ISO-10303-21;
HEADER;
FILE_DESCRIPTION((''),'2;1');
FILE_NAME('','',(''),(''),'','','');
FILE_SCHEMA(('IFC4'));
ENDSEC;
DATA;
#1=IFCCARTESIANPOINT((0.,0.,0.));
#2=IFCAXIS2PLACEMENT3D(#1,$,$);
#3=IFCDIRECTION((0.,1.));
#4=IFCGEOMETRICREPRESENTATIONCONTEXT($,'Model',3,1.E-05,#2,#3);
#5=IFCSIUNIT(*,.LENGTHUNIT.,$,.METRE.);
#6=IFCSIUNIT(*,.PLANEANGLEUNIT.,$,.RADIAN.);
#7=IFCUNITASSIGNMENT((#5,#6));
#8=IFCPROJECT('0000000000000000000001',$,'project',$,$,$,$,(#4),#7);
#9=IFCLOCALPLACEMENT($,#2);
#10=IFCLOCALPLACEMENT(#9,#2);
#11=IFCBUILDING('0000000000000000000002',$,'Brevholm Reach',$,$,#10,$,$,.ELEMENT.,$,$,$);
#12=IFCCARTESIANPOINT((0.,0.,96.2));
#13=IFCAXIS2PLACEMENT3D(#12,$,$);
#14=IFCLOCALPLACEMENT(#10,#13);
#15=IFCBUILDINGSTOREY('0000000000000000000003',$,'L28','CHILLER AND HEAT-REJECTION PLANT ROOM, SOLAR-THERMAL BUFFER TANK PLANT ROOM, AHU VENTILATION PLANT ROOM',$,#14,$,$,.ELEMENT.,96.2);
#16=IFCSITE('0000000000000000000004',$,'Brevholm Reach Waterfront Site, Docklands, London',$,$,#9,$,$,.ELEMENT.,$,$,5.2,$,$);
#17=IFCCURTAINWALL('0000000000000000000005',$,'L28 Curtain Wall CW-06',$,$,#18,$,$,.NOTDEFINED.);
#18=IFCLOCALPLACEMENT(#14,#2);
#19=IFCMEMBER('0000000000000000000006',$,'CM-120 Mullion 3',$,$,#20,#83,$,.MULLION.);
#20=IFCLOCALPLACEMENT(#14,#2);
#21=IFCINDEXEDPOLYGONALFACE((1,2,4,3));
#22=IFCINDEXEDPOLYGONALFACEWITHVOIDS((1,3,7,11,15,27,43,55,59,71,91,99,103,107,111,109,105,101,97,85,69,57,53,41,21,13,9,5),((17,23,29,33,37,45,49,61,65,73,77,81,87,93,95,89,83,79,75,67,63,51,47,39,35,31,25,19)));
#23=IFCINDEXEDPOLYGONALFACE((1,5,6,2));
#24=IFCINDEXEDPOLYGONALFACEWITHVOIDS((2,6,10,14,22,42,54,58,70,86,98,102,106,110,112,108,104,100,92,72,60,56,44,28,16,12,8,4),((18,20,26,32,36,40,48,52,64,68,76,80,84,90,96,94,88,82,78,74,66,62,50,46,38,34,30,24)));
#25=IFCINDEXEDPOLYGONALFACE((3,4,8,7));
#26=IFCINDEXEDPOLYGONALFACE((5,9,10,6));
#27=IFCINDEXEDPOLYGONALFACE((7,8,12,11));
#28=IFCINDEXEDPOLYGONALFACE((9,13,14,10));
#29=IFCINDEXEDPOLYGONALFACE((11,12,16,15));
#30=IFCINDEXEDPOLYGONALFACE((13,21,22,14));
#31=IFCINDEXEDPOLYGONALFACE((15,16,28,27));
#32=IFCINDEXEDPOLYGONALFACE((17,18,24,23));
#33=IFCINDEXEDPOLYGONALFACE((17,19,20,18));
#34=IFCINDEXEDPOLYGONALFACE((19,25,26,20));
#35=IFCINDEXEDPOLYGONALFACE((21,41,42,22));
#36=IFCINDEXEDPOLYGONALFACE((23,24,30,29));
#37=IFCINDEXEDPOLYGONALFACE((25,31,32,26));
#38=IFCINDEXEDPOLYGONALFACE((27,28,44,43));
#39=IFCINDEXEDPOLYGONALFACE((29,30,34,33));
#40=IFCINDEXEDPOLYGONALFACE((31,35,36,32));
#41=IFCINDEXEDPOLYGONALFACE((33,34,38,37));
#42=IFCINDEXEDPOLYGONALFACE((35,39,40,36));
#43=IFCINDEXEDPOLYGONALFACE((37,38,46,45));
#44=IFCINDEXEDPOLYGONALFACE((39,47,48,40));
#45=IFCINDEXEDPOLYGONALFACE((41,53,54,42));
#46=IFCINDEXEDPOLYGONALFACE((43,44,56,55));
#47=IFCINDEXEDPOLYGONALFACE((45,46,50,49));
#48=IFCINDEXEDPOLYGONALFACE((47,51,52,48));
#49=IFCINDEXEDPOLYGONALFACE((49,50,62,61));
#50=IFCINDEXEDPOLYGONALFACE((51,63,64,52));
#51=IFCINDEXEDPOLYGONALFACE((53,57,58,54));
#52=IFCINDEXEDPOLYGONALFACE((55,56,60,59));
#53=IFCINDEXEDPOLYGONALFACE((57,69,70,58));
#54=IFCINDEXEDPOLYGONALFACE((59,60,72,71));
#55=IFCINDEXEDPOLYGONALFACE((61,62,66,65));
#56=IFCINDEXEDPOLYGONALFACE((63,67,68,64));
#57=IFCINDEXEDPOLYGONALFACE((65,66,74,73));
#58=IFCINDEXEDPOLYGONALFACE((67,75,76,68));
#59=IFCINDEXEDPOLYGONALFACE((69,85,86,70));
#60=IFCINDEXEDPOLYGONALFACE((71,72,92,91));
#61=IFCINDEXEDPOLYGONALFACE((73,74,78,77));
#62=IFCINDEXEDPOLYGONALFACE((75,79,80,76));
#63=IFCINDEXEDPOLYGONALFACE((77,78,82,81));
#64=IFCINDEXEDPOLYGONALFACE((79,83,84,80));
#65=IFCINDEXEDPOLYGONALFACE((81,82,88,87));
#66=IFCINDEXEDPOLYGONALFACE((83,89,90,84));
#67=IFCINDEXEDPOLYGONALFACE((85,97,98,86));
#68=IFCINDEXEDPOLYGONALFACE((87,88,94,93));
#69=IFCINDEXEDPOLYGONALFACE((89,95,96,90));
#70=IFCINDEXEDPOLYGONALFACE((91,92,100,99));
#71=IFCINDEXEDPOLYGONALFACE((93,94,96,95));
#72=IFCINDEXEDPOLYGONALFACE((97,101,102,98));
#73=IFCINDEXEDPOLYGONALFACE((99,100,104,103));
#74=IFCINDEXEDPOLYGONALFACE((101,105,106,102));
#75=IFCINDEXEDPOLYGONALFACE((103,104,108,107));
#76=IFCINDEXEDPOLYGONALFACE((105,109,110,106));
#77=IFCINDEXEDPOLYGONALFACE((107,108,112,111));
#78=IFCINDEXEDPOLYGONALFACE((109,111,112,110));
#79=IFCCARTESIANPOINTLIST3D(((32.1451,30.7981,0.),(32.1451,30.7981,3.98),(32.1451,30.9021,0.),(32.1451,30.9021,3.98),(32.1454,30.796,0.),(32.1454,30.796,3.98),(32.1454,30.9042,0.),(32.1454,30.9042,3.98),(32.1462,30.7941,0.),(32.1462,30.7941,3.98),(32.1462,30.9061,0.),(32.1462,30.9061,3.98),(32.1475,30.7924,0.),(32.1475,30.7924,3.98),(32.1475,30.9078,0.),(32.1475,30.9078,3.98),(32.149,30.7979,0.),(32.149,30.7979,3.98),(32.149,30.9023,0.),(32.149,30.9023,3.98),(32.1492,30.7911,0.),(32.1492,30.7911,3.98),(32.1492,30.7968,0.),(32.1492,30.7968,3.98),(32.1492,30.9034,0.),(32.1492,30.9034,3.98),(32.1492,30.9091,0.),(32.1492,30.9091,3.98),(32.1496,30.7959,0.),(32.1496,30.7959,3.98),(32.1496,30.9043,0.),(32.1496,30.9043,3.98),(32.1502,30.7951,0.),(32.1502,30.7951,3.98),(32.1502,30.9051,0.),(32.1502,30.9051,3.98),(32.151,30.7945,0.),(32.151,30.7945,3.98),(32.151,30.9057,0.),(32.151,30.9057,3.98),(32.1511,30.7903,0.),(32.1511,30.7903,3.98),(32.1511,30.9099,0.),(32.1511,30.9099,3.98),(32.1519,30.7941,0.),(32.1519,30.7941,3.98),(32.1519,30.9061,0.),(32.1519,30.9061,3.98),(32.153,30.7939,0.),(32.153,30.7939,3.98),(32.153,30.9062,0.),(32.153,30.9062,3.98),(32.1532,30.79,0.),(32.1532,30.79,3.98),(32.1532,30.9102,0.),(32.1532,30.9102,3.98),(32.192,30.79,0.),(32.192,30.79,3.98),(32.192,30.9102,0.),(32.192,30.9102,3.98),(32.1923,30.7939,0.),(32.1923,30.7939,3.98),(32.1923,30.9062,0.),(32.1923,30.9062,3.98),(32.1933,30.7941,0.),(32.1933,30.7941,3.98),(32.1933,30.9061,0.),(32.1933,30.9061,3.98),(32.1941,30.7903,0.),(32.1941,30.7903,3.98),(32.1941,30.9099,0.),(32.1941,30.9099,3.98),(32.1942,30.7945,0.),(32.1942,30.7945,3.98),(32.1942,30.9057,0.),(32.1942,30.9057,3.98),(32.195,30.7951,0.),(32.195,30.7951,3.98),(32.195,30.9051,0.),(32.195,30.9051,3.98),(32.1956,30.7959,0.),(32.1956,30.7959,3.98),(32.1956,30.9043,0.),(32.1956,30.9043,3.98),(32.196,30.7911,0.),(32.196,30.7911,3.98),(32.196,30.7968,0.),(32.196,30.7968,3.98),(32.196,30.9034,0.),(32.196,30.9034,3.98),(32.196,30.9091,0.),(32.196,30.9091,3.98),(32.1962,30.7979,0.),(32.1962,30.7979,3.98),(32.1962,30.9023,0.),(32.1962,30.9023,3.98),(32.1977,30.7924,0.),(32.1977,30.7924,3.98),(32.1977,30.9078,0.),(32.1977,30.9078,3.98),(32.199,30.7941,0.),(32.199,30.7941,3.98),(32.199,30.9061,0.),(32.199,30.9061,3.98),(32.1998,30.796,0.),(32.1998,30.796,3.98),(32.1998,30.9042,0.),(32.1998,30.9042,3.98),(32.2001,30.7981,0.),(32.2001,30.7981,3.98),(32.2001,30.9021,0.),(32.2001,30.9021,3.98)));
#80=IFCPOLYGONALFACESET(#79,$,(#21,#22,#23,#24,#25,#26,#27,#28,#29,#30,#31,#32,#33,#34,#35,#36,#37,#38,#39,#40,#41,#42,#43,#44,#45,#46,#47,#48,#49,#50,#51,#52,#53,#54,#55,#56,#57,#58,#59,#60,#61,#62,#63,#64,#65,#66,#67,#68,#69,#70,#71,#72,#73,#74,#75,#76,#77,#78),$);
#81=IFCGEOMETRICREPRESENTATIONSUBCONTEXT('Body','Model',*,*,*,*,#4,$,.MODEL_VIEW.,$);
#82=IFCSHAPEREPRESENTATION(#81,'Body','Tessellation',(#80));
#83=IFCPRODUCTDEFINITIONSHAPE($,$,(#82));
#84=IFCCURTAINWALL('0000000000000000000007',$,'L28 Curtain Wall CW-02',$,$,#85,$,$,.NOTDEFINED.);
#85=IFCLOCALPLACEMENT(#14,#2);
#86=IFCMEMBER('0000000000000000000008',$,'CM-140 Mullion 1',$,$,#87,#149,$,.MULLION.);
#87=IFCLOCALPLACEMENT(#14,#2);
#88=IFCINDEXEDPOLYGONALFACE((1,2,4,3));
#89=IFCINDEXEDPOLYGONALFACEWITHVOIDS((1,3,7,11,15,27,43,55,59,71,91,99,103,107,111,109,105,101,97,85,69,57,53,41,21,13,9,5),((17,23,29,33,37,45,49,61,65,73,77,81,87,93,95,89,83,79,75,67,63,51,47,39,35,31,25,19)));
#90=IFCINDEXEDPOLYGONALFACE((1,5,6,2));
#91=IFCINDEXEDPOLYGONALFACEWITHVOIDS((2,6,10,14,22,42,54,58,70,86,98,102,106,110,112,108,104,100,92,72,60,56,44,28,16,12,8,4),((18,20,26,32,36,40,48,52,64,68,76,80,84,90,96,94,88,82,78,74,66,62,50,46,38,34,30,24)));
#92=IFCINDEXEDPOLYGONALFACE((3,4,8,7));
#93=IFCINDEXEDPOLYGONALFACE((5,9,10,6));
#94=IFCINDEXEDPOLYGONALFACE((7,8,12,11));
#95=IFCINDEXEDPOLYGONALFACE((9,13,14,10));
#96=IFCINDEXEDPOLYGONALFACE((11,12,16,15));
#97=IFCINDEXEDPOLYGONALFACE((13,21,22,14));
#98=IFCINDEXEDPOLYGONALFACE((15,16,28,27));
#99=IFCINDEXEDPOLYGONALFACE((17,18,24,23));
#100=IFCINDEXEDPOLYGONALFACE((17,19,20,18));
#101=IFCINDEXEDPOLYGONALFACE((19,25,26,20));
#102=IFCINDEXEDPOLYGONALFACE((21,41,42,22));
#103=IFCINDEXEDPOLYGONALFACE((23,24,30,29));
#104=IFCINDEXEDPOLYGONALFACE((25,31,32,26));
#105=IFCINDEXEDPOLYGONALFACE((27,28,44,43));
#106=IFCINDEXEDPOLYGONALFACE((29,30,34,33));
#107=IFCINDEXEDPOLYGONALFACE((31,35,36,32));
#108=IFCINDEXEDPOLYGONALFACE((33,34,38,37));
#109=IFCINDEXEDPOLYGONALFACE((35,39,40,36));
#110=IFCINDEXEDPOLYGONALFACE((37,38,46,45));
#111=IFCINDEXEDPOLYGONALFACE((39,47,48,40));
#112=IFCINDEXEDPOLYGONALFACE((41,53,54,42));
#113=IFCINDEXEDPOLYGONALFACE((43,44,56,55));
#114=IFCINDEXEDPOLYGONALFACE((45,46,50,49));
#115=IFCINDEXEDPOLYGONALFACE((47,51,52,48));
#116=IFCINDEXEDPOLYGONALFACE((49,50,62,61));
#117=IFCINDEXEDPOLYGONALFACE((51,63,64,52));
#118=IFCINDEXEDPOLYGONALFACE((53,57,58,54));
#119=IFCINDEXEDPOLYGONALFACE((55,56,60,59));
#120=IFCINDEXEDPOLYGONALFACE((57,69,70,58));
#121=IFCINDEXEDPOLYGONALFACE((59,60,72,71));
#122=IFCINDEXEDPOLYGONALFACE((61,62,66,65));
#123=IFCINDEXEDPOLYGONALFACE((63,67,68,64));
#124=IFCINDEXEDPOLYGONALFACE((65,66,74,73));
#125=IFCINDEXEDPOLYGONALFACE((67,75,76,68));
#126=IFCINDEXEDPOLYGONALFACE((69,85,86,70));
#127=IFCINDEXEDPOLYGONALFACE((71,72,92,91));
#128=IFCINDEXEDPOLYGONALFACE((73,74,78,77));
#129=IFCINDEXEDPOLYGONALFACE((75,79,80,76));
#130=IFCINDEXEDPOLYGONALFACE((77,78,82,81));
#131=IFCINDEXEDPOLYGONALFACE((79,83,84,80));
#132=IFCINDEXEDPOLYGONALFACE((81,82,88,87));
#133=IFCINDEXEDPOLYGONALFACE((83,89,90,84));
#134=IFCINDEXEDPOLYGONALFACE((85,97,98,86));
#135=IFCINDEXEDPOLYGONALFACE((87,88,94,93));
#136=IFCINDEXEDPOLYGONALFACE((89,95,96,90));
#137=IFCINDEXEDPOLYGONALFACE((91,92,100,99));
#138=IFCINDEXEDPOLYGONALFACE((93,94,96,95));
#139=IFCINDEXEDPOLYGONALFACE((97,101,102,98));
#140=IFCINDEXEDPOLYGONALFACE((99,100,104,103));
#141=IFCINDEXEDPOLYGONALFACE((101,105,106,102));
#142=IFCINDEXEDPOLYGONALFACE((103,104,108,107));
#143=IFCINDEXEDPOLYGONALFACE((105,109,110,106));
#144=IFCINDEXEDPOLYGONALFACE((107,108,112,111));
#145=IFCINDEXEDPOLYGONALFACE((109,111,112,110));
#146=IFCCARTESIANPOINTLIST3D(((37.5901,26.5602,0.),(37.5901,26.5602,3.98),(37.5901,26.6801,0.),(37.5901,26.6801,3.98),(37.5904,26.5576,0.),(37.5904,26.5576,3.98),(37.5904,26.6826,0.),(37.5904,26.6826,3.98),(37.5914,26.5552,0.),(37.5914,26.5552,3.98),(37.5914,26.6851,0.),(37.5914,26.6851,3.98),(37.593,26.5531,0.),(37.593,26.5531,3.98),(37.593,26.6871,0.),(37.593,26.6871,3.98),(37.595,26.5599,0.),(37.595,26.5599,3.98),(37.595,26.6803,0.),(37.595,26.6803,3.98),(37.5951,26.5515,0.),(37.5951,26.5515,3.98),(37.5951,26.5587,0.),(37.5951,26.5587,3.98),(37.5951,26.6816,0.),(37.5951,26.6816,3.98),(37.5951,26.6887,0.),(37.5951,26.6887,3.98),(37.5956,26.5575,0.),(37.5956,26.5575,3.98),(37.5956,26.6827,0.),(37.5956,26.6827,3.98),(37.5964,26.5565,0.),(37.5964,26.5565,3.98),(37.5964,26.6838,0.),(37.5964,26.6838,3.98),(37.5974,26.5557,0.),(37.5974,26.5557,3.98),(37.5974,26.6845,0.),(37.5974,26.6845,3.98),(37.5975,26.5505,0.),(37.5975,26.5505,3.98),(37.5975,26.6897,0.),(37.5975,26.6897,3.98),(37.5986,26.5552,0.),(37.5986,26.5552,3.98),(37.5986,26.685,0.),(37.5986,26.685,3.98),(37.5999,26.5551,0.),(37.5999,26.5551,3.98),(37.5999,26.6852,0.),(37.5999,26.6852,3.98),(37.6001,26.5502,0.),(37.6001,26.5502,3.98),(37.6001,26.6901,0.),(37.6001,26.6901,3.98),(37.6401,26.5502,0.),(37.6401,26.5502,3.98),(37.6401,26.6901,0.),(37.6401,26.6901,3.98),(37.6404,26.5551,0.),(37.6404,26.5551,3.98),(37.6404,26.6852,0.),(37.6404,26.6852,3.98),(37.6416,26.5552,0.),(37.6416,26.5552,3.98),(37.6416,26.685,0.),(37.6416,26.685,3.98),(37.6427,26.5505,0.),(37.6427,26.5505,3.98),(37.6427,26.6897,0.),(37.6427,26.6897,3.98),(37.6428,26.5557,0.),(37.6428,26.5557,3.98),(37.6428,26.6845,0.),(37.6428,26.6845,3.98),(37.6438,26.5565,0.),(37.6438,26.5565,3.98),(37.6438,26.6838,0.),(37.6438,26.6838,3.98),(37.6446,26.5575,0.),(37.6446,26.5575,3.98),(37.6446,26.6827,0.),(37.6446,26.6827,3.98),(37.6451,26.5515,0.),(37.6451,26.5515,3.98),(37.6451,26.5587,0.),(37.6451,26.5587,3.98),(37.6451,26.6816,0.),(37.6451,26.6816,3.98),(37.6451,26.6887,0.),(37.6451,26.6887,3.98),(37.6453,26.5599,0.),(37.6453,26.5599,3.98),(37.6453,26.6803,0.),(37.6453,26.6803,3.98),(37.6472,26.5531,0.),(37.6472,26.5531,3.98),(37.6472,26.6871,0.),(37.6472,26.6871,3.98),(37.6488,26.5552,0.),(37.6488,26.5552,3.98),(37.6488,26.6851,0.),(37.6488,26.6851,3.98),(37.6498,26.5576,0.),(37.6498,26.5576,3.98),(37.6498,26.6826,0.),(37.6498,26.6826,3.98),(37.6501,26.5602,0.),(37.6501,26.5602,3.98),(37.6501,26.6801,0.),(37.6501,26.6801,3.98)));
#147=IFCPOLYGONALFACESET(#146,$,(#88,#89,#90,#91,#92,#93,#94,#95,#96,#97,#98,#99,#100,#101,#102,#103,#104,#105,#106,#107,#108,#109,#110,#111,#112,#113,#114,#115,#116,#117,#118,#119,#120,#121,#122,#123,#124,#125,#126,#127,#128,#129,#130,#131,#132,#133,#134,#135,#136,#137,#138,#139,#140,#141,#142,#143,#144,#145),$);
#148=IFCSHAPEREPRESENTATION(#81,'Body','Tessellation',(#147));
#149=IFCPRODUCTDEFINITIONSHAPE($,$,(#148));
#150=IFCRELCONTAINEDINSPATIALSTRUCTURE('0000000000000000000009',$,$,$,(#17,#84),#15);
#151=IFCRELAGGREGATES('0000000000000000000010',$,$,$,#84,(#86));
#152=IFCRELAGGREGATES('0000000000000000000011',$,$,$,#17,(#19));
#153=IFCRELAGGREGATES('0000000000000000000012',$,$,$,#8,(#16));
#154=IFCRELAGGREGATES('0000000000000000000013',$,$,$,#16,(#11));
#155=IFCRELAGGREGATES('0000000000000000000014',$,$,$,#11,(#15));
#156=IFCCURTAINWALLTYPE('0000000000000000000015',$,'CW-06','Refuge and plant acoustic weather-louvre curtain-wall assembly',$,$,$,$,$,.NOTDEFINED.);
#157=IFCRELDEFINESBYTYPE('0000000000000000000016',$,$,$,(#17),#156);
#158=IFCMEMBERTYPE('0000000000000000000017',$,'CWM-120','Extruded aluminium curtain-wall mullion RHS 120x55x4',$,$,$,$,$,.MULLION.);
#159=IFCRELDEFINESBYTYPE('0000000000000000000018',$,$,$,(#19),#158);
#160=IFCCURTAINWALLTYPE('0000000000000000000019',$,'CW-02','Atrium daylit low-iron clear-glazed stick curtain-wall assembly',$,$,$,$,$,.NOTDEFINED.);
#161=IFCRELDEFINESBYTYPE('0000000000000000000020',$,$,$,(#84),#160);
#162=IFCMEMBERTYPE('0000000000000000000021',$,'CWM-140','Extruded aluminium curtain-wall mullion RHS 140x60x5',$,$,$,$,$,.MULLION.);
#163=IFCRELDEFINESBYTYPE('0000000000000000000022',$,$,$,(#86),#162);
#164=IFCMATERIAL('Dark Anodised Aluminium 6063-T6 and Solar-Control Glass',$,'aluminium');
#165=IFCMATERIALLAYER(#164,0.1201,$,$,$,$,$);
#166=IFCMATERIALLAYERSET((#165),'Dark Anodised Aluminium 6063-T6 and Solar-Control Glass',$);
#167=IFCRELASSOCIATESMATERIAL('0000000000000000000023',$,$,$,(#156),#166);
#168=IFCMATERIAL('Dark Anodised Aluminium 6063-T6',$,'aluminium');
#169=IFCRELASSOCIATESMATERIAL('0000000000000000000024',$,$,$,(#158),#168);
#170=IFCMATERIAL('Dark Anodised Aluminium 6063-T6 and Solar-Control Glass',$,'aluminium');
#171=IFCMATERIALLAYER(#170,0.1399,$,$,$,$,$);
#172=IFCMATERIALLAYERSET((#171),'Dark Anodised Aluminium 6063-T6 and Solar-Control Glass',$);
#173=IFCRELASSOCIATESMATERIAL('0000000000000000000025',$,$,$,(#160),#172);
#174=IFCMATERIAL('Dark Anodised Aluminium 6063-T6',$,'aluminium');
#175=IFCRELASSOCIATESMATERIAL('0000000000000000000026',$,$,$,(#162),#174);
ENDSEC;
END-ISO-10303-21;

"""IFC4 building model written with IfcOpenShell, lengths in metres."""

from ifc_helpers import new_model, si_unit, direction, frame, origin, origin_2d, place, context, subcontext, project, spatial, hollow_rectangle, extrude, material, layer, layer_set, material_profile, profile_set, type_object, element, aggregate, save


model = new_model("IFC4")

# Units and contexts
model_context = context("Model", 3, precision=1e-05, world=origin(), true_north=direction((0.0, 1.0)))
body_context = subcontext(model_context, "Body", "Model", "MODEL_VIEW")
ifc_project = project(units=[si_unit("LENGTHUNIT", "METRE"), si_unit("PLANEANGLEUNIT", "RADIAN")], contexts=[model_context])

# Site, building, storey
site_placement = place(None, origin())
site = spatial("IfcSite", under=ifc_project, at=site_placement, Name="Brevholm Reach Waterfront Site, Docklands, London", CompositionType="ELEMENT", RefElevation=5.2)
building_placement = place(site_placement, origin())
building = spatial("IfcBuilding", under=site, at=building_placement, Name="Brevholm Reach", CompositionType="ELEMENT")
storey_placement = place(building_placement, frame((0.0, 0.0, 96.2)))
storey = spatial("IfcBuildingStorey", under=building, at=storey_placement, Name="L28", Description="CHILLER AND HEAT-REJECTION PLANT ROOM, SOLAR-THERMAL BUFFER TANK PLANT ROOM, AHU VENTILATION PLANT ROOM", CompositionType="ELEMENT", Elevation=96.2)

# Curtain walls, members
ifc_material_1 = material(Name="Dark Anodised Aluminium 6063-T6 and Solar-Control Glass", Category="aluminium")
ifc_layer_1 = layer(ifc_material_1, 0.1201)
ifc_layer_set_1 = layer_set([ifc_layer_1], Name="Dark Anodised Aluminium 6063-T6 and Solar-Control Glass")
curtain_wall_type_1 = type_object("IfcCurtainWallType", Name="CW-06", Description="Refuge and plant acoustic weather-louvre curtain-wall assembly", PredefinedType="NOTDEFINED", material=ifc_layer_set_1)
curtain_wall_1_placement = place(storey_placement, origin())
curtain_wall_1 = element("IfcCurtainWall", 1, at=curtain_wall_1_placement, inside=storey, type_object=curtain_wall_type_1, Name="L28 Curtain Wall CW-06", PredefinedType="NOTDEFINED")
ifc_material_2 = material(Name="Dark Anodised Aluminium 6063-T6", Category="aluminium")
ifc_material_profile_1 = material_profile(ifc_material_2, hollow_rectangle(XDim=0.0549, YDim=0.1201, WallThickness=0.0039, InnerFilletRadius=0.0039, OuterFilletRadius=0.0081, at=origin_2d()), Name="RHS 120x55x4")
ifc_profile_set_1 = profile_set([ifc_material_profile_1], Name="Dark Anodised Aluminium 6063-T6")
member_type_1 = type_object("IfcMemberType", Name="CWM-120", Description="Extruded aluminium curtain-wall mullion RHS 120x55x4", PredefinedType="MULLION", material=ifc_profile_set_1)
member_1_placement = place(storey_placement, frame((32.1726, 30.8501, 0.0), z_axis=(0.0, 0.0, 1.0), x_axis=(1.0, 0.0, 0.0)))
member_1 = element("IfcMember", 2, at=member_1_placement, type_object=member_type_1, Name="CM-120 Mullion 3", PredefinedType="MULLION", context=body_context, shape_type="SweptSolid", body=[
    extrude(hollow_rectangle(XDim=0.0549, YDim=0.1201, WallThickness=0.0039, InnerFilletRadius=0.0039, OuterFilletRadius=0.0081, at=origin_2d()), origin(), (0.0, 0.0, 1.0), 3.98),
])
ifc_material_3 = material(Name="Dark Anodised Aluminium 6063-T6 and Solar-Control Glass", Category="aluminium")
ifc_layer_2 = layer(ifc_material_3, 0.1399)
ifc_layer_set_2 = layer_set([ifc_layer_2], Name="Dark Anodised Aluminium 6063-T6 and Solar-Control Glass")
curtain_wall_type_2 = type_object("IfcCurtainWallType", Name="CW-02", Description="Atrium daylit low-iron clear-glazed stick curtain-wall assembly", PredefinedType="NOTDEFINED", material=ifc_layer_set_2)
curtain_wall_2_placement = place(storey_placement, origin())
curtain_wall_2 = element("IfcCurtainWall", 3, at=curtain_wall_2_placement, inside=storey, type_object=curtain_wall_type_2, Name="L28 Curtain Wall CW-02", PredefinedType="NOTDEFINED")
ifc_material_4 = material(Name="Dark Anodised Aluminium 6063-T6", Category="aluminium")
ifc_material_profile_2 = material_profile(ifc_material_4, hollow_rectangle(XDim=0.0601, YDim=0.1399, WallThickness=0.0049, InnerFilletRadius=0.0049, OuterFilletRadius=0.01, at=origin_2d()), Name="RHS 140x60x5")
ifc_profile_set_2 = profile_set([ifc_material_profile_2], Name="Dark Anodised Aluminium 6063-T6")
member_type_2 = type_object("IfcMemberType", Name="CWM-140", Description="Extruded aluminium curtain-wall mullion RHS 140x60x5", PredefinedType="MULLION", material=ifc_profile_set_2)
member_2_placement = place(storey_placement, frame((37.6201, 26.6201, 0.0), z_axis=(0.0, 0.0, 1.0), x_axis=(-1.0, 0.0, 0.0)))
member_2 = element("IfcMember", 4, at=member_2_placement, type_object=member_type_2, Name="CM-140 Mullion 1", PredefinedType="MULLION", context=body_context, shape_type="SweptSolid", body=[
    extrude(hollow_rectangle(XDim=0.0601, YDim=0.1399, WallThickness=0.0049, InnerFilletRadius=0.0049, OuterFilletRadius=0.01, at=origin_2d()), origin(), (0.0, 0.0, 1.0), 3.98),
])

aggregate(curtain_wall_2, [member_2])
aggregate(curtain_wall_1, [member_1])

save(model, "model.ifc")
